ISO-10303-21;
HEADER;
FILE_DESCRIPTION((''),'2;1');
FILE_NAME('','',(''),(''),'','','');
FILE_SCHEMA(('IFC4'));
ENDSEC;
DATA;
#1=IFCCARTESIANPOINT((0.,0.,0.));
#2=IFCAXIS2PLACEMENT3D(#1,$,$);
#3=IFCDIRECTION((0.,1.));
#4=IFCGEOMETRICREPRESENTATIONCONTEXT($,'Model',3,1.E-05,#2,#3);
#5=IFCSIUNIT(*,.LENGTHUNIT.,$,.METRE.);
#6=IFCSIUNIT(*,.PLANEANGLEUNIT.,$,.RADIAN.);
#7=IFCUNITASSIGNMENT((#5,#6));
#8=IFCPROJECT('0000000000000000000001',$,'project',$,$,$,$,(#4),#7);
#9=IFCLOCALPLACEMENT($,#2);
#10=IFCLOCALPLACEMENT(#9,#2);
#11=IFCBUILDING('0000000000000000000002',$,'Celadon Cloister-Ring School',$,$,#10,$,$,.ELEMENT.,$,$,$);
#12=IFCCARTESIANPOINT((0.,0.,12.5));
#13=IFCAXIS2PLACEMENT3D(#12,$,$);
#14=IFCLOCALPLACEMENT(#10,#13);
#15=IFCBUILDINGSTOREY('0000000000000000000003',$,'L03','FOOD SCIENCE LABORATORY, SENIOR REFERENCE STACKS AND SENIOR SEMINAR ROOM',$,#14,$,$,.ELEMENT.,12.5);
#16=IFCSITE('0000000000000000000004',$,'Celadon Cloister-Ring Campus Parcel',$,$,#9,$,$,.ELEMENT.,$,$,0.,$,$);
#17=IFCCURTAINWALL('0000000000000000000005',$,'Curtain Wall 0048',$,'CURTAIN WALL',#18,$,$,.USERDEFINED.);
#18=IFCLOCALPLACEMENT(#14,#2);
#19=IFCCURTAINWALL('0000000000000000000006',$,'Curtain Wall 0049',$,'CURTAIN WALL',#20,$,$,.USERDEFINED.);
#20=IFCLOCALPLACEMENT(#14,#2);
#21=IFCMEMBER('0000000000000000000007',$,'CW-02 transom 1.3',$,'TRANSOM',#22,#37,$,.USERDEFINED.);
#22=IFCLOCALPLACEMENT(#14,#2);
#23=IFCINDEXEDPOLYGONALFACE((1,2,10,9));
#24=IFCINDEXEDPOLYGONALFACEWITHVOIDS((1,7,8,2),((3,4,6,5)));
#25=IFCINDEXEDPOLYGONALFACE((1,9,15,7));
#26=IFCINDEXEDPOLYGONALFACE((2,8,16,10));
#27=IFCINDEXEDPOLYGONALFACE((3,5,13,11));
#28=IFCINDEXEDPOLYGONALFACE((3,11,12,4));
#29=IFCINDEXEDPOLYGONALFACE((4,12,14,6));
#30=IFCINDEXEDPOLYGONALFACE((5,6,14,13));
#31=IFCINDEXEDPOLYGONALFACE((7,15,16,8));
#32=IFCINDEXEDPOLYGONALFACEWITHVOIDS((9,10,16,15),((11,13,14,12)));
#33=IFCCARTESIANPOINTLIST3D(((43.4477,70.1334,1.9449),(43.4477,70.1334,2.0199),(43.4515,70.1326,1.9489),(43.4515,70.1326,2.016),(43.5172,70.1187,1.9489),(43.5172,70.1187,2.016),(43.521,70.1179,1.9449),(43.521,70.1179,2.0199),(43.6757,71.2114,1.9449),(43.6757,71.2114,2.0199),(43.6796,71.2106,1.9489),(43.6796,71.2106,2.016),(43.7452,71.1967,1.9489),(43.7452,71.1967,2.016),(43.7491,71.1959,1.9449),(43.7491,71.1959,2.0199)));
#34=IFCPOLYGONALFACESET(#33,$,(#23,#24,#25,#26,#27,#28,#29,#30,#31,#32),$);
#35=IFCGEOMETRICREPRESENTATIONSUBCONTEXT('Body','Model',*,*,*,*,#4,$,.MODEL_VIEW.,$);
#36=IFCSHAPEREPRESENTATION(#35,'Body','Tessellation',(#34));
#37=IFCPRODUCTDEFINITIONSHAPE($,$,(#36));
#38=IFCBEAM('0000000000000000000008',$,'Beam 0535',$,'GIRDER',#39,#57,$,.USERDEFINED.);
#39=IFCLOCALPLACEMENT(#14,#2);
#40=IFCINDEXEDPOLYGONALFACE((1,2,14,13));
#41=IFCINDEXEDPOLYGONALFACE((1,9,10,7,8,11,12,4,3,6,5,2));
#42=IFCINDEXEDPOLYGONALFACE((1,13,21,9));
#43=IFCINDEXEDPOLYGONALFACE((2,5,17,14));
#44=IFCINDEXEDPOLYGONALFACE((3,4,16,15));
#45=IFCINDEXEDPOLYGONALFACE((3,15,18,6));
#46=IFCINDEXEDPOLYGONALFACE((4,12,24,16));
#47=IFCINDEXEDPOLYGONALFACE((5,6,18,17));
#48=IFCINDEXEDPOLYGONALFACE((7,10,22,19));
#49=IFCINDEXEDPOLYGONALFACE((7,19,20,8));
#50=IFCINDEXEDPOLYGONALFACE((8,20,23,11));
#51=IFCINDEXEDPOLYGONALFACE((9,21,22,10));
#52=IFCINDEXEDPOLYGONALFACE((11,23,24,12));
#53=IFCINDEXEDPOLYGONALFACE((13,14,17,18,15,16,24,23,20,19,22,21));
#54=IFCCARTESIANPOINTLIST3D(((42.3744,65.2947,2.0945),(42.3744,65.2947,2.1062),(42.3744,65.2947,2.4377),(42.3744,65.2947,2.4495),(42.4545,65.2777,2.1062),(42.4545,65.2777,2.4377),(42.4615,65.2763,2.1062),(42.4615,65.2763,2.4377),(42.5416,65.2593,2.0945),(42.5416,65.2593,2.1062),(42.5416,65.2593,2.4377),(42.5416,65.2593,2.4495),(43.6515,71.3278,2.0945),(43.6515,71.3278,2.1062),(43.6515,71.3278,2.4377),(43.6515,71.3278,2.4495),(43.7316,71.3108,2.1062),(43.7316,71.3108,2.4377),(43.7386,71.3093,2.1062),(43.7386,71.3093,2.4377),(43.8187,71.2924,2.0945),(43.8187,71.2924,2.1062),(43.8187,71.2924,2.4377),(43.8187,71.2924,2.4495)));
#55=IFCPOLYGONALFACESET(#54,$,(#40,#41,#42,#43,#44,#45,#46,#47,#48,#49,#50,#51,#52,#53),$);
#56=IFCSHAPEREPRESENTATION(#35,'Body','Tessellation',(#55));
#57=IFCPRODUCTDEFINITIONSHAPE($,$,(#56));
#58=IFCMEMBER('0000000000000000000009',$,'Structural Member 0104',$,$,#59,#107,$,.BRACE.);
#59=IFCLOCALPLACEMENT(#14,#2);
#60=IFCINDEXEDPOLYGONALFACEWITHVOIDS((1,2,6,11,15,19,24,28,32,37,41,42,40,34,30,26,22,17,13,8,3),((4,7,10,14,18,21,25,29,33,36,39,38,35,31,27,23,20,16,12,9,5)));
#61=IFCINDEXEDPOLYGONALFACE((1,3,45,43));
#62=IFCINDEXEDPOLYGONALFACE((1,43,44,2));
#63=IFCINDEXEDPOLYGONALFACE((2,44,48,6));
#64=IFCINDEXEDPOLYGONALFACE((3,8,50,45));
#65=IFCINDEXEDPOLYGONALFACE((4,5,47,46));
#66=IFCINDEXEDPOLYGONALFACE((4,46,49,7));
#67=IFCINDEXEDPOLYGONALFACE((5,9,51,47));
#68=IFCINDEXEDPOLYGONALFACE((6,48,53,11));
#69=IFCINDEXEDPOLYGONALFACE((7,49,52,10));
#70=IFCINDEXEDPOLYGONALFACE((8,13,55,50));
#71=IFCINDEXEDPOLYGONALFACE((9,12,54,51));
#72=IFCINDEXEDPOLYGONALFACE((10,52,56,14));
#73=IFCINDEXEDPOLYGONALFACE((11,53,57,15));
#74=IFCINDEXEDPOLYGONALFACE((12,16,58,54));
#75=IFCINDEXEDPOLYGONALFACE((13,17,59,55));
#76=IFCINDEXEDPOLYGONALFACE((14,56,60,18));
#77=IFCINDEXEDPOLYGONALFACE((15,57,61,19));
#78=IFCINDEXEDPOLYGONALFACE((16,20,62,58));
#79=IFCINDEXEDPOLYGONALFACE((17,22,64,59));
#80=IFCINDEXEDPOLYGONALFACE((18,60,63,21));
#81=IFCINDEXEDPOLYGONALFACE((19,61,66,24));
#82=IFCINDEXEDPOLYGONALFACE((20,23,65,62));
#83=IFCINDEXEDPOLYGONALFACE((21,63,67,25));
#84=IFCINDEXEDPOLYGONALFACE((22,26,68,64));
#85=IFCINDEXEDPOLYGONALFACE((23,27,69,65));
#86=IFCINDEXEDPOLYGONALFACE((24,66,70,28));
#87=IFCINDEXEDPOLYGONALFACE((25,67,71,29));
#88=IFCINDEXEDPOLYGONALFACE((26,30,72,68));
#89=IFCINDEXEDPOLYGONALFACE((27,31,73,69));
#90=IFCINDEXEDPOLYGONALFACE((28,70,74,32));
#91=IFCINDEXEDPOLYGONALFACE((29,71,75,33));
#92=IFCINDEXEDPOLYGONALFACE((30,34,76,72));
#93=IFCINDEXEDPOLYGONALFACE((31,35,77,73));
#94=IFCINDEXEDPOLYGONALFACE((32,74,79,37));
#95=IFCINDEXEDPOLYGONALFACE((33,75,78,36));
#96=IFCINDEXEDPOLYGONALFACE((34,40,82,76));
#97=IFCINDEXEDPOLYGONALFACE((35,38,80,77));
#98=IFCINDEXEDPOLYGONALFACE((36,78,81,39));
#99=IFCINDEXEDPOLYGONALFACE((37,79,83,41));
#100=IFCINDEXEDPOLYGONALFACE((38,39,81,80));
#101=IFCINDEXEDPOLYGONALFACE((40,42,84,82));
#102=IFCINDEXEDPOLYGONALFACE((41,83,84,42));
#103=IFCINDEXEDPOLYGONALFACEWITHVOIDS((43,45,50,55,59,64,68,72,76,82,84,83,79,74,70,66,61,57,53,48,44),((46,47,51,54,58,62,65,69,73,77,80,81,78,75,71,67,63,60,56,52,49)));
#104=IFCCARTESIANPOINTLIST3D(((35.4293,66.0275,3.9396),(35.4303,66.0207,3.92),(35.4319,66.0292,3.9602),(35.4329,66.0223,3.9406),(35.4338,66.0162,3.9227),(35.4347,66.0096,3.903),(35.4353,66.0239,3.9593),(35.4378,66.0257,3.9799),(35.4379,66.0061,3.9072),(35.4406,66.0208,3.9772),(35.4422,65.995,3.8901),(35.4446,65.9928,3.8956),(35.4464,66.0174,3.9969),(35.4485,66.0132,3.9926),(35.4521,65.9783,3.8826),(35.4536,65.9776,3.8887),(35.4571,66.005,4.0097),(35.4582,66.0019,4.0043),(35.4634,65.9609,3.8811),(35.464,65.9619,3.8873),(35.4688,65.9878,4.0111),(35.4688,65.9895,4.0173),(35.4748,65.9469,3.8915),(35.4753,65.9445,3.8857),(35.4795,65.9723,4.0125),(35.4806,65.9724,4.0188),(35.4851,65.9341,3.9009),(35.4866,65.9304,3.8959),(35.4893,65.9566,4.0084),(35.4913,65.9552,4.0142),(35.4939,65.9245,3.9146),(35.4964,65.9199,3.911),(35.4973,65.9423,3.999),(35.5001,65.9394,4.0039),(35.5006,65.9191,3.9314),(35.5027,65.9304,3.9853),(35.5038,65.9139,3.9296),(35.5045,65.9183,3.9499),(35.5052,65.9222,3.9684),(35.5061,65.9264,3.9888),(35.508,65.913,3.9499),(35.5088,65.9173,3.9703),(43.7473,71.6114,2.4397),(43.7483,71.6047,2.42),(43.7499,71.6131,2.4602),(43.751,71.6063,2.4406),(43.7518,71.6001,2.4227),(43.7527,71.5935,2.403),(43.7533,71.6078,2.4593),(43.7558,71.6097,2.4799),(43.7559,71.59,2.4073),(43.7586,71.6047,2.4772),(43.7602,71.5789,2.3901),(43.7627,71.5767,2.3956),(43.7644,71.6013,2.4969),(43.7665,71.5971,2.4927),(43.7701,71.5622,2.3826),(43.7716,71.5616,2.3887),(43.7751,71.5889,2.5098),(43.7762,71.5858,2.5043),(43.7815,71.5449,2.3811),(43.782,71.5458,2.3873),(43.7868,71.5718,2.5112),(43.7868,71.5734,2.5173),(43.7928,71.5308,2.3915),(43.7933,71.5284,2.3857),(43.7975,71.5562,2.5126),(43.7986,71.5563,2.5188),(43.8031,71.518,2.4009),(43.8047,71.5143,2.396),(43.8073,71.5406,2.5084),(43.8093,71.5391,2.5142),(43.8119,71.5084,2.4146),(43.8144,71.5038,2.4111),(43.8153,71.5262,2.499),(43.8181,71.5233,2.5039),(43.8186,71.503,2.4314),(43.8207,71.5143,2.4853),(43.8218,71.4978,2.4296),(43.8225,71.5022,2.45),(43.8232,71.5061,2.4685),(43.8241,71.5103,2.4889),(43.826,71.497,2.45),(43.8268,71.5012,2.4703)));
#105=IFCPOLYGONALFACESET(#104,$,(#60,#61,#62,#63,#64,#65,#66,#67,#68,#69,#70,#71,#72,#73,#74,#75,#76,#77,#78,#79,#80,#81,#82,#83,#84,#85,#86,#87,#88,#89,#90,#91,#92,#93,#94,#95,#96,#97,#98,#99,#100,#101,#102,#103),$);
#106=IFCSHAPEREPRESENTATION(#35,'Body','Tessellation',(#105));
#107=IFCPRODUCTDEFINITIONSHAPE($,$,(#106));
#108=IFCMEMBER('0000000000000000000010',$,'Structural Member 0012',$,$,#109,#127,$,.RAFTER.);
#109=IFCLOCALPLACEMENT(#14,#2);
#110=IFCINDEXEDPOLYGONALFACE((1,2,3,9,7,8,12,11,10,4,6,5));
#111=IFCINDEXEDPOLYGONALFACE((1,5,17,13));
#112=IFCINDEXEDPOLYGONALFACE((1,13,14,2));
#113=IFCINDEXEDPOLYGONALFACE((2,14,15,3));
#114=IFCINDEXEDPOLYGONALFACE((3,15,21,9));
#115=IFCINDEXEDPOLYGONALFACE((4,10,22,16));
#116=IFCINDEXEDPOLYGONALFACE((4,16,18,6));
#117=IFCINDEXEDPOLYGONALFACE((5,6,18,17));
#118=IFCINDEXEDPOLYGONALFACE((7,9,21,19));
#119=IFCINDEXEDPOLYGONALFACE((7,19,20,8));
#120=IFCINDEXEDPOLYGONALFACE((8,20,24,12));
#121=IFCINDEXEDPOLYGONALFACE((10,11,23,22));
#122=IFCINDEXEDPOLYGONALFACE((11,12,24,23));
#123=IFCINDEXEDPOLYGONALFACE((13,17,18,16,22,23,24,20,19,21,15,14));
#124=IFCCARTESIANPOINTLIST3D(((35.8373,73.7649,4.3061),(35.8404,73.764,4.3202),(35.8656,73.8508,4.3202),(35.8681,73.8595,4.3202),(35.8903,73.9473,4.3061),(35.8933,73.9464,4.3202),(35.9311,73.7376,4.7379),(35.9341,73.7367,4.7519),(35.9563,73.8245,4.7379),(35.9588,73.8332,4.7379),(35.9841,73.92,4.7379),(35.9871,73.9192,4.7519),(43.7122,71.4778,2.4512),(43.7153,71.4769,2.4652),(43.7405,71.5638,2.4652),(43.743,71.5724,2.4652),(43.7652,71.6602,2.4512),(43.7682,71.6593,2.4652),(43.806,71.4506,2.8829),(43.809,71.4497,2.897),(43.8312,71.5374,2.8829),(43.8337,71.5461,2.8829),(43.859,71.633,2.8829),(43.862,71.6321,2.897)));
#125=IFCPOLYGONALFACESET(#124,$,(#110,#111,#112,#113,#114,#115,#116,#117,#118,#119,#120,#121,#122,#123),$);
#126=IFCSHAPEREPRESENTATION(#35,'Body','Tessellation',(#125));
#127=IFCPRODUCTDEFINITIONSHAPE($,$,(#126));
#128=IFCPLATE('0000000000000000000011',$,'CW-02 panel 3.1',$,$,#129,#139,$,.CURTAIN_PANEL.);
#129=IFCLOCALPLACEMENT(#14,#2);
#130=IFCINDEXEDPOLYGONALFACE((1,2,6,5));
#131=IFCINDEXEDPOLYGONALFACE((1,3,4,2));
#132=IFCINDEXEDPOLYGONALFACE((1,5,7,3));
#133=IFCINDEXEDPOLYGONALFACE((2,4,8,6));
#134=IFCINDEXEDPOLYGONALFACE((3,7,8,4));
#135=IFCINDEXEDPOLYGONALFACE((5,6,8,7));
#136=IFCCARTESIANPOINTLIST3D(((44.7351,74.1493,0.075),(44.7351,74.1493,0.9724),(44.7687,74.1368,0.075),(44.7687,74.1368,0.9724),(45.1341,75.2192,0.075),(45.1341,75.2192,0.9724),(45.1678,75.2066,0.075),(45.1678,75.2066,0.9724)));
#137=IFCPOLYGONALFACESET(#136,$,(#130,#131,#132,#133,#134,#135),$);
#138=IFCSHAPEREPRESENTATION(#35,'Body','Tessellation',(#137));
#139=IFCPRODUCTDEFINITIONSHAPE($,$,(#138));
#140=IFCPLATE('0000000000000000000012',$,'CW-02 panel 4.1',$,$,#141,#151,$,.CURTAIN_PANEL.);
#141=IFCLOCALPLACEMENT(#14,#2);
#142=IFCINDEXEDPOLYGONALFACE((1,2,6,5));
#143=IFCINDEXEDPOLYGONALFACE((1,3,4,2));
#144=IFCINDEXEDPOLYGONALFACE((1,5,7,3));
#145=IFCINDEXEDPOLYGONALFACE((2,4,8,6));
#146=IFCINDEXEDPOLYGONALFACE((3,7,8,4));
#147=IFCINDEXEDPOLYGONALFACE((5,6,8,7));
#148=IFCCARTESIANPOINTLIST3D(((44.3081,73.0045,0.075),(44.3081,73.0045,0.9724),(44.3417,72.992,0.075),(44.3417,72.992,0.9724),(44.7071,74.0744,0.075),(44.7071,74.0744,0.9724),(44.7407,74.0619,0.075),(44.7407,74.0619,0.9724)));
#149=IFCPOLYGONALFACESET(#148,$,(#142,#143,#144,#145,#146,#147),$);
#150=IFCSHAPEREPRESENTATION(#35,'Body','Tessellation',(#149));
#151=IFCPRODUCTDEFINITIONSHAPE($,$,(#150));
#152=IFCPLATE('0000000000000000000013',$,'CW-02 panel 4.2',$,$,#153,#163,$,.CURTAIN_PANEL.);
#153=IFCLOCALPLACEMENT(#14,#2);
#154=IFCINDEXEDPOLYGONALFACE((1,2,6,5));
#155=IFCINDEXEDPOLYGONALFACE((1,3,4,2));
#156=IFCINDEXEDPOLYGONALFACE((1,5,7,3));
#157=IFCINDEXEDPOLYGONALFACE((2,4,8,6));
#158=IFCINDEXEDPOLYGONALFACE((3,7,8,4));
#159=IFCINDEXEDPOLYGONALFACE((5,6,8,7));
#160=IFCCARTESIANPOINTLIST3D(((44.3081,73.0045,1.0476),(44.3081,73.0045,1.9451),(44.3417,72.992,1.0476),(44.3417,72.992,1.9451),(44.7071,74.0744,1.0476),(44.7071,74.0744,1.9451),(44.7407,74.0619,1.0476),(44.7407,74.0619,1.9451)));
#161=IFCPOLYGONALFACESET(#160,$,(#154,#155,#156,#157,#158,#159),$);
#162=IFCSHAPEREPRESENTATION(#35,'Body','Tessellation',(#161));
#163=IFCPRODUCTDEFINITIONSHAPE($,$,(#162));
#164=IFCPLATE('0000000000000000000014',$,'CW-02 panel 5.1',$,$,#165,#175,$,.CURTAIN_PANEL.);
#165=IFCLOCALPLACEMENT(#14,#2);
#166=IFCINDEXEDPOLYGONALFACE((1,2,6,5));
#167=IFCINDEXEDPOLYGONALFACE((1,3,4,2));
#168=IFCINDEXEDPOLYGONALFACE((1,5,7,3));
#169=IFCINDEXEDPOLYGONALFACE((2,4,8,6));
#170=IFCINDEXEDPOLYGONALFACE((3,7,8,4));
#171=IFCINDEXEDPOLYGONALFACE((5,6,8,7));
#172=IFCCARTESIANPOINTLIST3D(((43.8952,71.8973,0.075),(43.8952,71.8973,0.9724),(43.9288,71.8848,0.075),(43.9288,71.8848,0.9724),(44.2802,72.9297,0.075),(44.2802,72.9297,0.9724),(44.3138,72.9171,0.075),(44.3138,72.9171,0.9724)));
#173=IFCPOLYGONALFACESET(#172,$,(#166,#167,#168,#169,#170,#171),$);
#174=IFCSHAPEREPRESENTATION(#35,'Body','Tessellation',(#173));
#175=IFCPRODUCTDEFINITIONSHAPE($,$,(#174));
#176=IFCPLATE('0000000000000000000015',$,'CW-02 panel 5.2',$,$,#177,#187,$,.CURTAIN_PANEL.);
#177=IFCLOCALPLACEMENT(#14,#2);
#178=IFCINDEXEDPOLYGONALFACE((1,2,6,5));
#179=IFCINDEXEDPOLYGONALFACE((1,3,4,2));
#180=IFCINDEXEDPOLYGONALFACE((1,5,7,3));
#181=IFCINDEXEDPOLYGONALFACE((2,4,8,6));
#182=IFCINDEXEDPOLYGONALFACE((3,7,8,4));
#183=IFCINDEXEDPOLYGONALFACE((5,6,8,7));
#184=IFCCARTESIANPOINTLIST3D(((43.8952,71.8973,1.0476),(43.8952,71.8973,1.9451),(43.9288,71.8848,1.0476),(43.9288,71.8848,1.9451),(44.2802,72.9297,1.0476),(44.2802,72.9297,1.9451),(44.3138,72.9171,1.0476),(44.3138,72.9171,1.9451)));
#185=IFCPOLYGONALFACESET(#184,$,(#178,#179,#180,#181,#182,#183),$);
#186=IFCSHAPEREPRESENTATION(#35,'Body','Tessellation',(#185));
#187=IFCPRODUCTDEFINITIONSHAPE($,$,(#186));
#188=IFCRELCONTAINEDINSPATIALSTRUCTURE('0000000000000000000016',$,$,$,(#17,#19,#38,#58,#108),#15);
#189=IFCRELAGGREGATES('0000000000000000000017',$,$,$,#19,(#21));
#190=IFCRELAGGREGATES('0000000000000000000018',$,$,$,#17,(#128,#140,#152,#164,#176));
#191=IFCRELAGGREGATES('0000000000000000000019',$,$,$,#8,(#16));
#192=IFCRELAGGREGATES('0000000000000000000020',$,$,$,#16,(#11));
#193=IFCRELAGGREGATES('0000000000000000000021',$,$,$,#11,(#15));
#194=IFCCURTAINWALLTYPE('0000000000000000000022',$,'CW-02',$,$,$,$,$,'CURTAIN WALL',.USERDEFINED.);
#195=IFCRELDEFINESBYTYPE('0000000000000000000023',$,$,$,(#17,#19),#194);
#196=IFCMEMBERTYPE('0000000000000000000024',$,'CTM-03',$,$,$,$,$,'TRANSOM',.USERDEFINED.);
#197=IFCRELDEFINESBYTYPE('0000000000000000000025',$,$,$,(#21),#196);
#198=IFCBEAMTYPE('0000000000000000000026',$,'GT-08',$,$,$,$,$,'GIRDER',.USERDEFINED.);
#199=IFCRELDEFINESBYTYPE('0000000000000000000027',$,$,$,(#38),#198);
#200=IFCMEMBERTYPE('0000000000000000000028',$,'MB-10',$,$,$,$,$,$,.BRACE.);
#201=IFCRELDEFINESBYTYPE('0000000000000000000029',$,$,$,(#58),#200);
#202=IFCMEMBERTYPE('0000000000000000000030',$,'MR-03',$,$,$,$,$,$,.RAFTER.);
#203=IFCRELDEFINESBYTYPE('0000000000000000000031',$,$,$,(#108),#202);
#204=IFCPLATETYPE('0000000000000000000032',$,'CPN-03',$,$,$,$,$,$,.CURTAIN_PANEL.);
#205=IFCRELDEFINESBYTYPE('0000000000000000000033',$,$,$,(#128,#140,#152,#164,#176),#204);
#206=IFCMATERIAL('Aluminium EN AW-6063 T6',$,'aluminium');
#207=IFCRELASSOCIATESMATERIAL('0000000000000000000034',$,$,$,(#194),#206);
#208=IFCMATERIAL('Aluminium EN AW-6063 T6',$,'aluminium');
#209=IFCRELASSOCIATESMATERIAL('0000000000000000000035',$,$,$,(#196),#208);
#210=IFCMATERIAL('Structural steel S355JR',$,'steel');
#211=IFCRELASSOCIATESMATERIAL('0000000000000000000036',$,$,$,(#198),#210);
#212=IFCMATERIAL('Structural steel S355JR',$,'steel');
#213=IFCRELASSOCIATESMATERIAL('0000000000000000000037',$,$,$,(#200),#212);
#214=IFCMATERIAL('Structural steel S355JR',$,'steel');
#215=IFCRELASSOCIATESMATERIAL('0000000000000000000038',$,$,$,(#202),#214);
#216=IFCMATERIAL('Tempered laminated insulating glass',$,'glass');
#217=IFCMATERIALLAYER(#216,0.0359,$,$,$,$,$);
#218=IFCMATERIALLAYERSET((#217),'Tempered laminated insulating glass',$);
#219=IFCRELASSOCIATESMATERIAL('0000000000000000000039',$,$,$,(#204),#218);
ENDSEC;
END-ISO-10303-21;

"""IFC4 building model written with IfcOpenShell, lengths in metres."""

from ifc_helpers import new_model, si_unit, direction, frame, origin, origin_2d, place, context, subcontext, project, spatial, rectangle, hollow_rectangle, hollow_circle, i_section, extrude, material, layer, layer_set, material_profile, profile_set, type_object, element, aggregate, save


model = new_model("IFC4")

# Units and contexts
model_context = context("Model", 3, precision=1e-05, world=origin(), true_north=direction((0.0, 1.0)))
body_context = subcontext(model_context, "Body", "Model", "MODEL_VIEW")
ifc_project = project(units=[si_unit("LENGTHUNIT", "METRE"), si_unit("PLANEANGLEUNIT", "RADIAN")], contexts=[model_context])

# Site, building, storey
site_placement = place(None, origin())
site = spatial("IfcSite", under=ifc_project, at=site_placement, Name="Celadon Cloister-Ring Campus Parcel", CompositionType="ELEMENT", RefElevation=0.0)
building_placement = place(site_placement, origin())
building = spatial("IfcBuilding", under=site, at=building_placement, Name="Celadon Cloister-Ring School", CompositionType="ELEMENT")
storey_placement = place(building_placement, frame((0.0, 0.0, 12.5)))
storey = spatial("IfcBuildingStorey", under=building, at=storey_placement, Name="L03", Description="FOOD SCIENCE LABORATORY, SENIOR REFERENCE STACKS AND SENIOR SEMINAR ROOM", CompositionType="ELEMENT", Elevation=12.5)

# Curtain wall
ifc_material_1 = material(Name="Aluminium EN AW-6063 T6", Category="aluminium")
curtain_wall_type = type_object("IfcCurtainWallType", Name="CW-02", ElementType="CURTAIN WALL", PredefinedType="USERDEFINED", material=ifc_material_1)
curtain_wall_1_placement = place(storey_placement, origin())
curtain_wall_1 = element("IfcCurtainWall", 1, at=curtain_wall_1_placement, inside=storey, type_object=curtain_wall_type, Name="Curtain Wall 0048", ObjectType="CURTAIN WALL", PredefinedType="USERDEFINED")

# Curtain wall
curtain_wall_2_placement = place(storey_placement, origin())
curtain_wall_2 = element("IfcCurtainWall", 2, at=curtain_wall_2_placement, inside=storey, type_object=curtain_wall_type, Name="Curtain Wall 0049", ObjectType="CURTAIN WALL", PredefinedType="USERDEFINED")

# Member
ifc_material_2 = material(Name="Aluminium EN AW-6063 T6", Category="aluminium")
ifc_material_profile_1 = material_profile(ifc_material_2, hollow_rectangle(XDim=0.075, YDim=0.075, WallThickness=0.0039, at=origin_2d()), Name="RHS75X75X4")
ifc_profile_set_1 = profile_set([ifc_material_profile_1], Name="Aluminium EN AW-6063 T6")
member_type_1 = type_object("IfcMemberType", Name="CTM-03", ElementType="TRANSOM", PredefinedType="USERDEFINED", material=ifc_profile_set_1)
member_1_placement = place(storey_placement, frame((43.7124, 71.2036, 1.9824), z_axis=(-0.206971, -0.978347, 0.0), x_axis=(0.978347, -0.206971, 0.0)))
member_1 = element("IfcMember", 3, at=member_1_placement, type_object=member_type_1, Name="CW-02 transom 1.3", ObjectType="TRANSOM", PredefinedType="USERDEFINED", context=body_context, shape_type="SweptSolid", body=[
    extrude(hollow_rectangle(XDim=0.075, YDim=0.075, WallThickness=0.0039, at=origin_2d()), origin(), (0.0, 0.0, 1.0), 1.1018),
])
aggregate(curtain_wall_2, [member_1])

# Beam
ifc_material_3 = material(Name="Structural steel S355JR", Category="steel")
ifc_material_profile_2 = material_profile(ifc_material_3, i_section(OverallWidth=0.1709, OverallDepth=0.355, WebThickness=0.0071, FlangeThickness=0.0117, at=origin_2d()), Name="W360X51")
ifc_profile_set_2 = profile_set([ifc_material_profile_2], Name="Structural steel S355JR")
beam_type = type_object("IfcBeamType", Name="GT-08", ElementType="GIRDER", PredefinedType="USERDEFINED", material=ifc_profile_set_2)
beam_placement = place(storey_placement, frame((43.7351, 71.3101, 2.272), z_axis=(-0.207098, -0.97832, 0.0), x_axis=(0.97832, -0.207098, 0.0)))
element("IfcBeam", 4, at=beam_placement, inside=storey, type_object=beam_type, Name="Beam 0535", ObjectType="GIRDER", PredefinedType="USERDEFINED", context=body_context, shape_type="SweptSolid", body=[
    extrude(i_section(OverallWidth=0.1709, OverallDepth=0.355, WebThickness=0.0071, FlangeThickness=0.0117, at=origin_2d()), origin(), (0.0, 0.0, 1.0), 6.1667),
])

# Members
ifc_material_4 = material(Name="Structural steel S355JR", Category="steel")
ifc_material_profile_3 = material_profile(ifc_material_4, hollow_circle(Radius=0.0698, WallThickness=0.0063, at=origin_2d()), Name="CHS139.7X6.3")
ifc_profile_set_3 = profile_set([ifc_material_profile_3], Name="Structural steel S355JR")
member_type_2 = type_object("IfcMemberType", Name="MB-10", PredefinedType="BRACE", material=ifc_profile_set_3)
member_2_placement = place(storey_placement, frame((43.7871, 71.5549, 2.45), z_axis=(-0.821117, -0.551219, 0.148071), x_axis=(0.557363, -0.830269, 0.0)))
element("IfcMember", 5, at=member_2_placement, inside=storey, type_object=member_type_2, Name="Structural Member 0104", PredefinedType="BRACE", context=body_context, shape_type="SweptSolid", body=[
    extrude(hollow_circle(Radius=0.0698, WallThickness=0.0063, at=origin_2d()), origin(), (0.0, 0.0, 1.0), 10.1301),
])
ifc_material_5 = material(Name="Structural steel S355JR", Category="steel")
ifc_material_profile_4 = material_profile(ifc_material_5, i_section(OverallWidth=0.1899, OverallDepth=0.457, WebThickness=0.009, FlangeThickness=0.0144, at=origin_2d()), Name="W460X74")
ifc_profile_set_4 = profile_set([ifc_material_profile_4], Name="Structural steel S355JR")
member_type_3 = type_object("IfcMemberType", Name="MR-03", PredefinedType="RAFTER", material=ifc_profile_set_4)
member_3_placement = place(storey_placement, frame((43.7871, 71.5549, 2.6741), z_axis=(-0.936654, 0.272029, 0.220632), x_axis=(-0.278902, -0.960319, 0.0)))
element("IfcMember", 6, at=member_3_placement, inside=storey, type_object=member_type_3, Name="Structural Member 0012", PredefinedType="RAFTER", context=body_context, shape_type="SweptSolid", body=[
    extrude(i_section(OverallWidth=0.1899, OverallDepth=0.457, WebThickness=0.009, FlangeThickness=0.0144, at=origin_2d()), origin(), (0.0, 0.0, 1.0), 8.4075),
])

# Plates
ifc_material_6 = material(Name="Tempered laminated insulating glass", Category="glass")
ifc_layer_1 = layer(ifc_material_6, 0.0359)
ifc_layer_set_1 = layer_set([ifc_layer_1], Name="Tempered laminated insulating glass")
plate_type_1 = type_object("IfcPlateType", Name="CPN-03", PredefinedType="CURTAIN_PANEL", material=ifc_layer_set_1)
plate_1_placement = place(storey_placement, frame((44.9514, 74.678, 0.075), z_axis=(0.0, 0.0, 1.0), x_axis=(-0.349473, -0.936947, 0.0)))
plate_1 = element("IfcPlate", 7, at=plate_1_placement, type_object=plate_type_1, Name="CW-02 panel 3.1", PredefinedType="CURTAIN_PANEL", context=body_context, shape_type="SweptSolid", body=[
    extrude(rectangle(XDim=1.1418, YDim=0.0359, at=origin_2d()), origin(), (0.0, 0.0, 1.0), 0.8975),
])
plate_2_placement = place(storey_placement, frame((44.5244, 73.5332, 0.075), z_axis=(0.0, 0.0, 1.0), x_axis=(-0.349473, -0.936947, 0.0)))
plate_2 = element("IfcPlate", 8, at=plate_2_placement, type_object=plate_type_1, Name="CW-02 panel 4.1", PredefinedType="CURTAIN_PANEL", context=body_context, shape_type="SweptSolid", body=[
    extrude(rectangle(XDim=1.1418, YDim=0.0359, at=origin_2d()), origin(), (0.0, 0.0, 1.0), 0.8975),
])
plate_3_placement = place(storey_placement, frame((44.5244, 73.5332, 1.0476), z_axis=(0.0, 0.0, 1.0), x_axis=(-0.349473, -0.936947, 0.0)))
plate_3 = element("IfcPlate", 9, at=plate_3_placement, type_object=plate_type_1, Name="CW-02 panel 4.2", PredefinedType="CURTAIN_PANEL", context=body_context, shape_type="SweptSolid", body=[
    extrude(rectangle(XDim=1.1418, YDim=0.0359, at=origin_2d()), origin(), (0.0, 0.0, 1.0), 0.8975),
])
plate_4_placement = place(storey_placement, frame((44.1045, 72.4072, 0.075), z_axis=(0.0, 0.0, 1.0), x_axis=(-0.349473, -0.936947, 0.0)))
plate_4 = element("IfcPlate", 10, at=plate_4_placement, type_object=plate_type_1, Name="CW-02 panel 5.1", PredefinedType="CURTAIN_PANEL", context=body_context, shape_type="SweptSolid", body=[
    extrude(rectangle(XDim=1.1018, YDim=0.0359, at=origin_2d()), origin(), (0.0, 0.0, 1.0), 0.8975),
])
plate_5_placement = place(storey_placement, frame((44.1045, 72.4072, 1.0476), z_axis=(0.0, 0.0, 1.0), x_axis=(-0.349473, -0.936947, 0.0)))
plate_5 = element("IfcPlate", 11, at=plate_5_placement, type_object=plate_type_1, Name="CW-02 panel 5.2", PredefinedType="CURTAIN_PANEL", context=body_context, shape_type="SweptSolid", body=[
    extrude(rectangle(XDim=1.1018, YDim=0.0359, at=origin_2d()), origin(), (0.0, 0.0, 1.0), 0.8975),
])
aggregate(curtain_wall_1, [plate_1, plate_2, plate_3, plate_4, plate_5])

save(model, "model.ifc")
